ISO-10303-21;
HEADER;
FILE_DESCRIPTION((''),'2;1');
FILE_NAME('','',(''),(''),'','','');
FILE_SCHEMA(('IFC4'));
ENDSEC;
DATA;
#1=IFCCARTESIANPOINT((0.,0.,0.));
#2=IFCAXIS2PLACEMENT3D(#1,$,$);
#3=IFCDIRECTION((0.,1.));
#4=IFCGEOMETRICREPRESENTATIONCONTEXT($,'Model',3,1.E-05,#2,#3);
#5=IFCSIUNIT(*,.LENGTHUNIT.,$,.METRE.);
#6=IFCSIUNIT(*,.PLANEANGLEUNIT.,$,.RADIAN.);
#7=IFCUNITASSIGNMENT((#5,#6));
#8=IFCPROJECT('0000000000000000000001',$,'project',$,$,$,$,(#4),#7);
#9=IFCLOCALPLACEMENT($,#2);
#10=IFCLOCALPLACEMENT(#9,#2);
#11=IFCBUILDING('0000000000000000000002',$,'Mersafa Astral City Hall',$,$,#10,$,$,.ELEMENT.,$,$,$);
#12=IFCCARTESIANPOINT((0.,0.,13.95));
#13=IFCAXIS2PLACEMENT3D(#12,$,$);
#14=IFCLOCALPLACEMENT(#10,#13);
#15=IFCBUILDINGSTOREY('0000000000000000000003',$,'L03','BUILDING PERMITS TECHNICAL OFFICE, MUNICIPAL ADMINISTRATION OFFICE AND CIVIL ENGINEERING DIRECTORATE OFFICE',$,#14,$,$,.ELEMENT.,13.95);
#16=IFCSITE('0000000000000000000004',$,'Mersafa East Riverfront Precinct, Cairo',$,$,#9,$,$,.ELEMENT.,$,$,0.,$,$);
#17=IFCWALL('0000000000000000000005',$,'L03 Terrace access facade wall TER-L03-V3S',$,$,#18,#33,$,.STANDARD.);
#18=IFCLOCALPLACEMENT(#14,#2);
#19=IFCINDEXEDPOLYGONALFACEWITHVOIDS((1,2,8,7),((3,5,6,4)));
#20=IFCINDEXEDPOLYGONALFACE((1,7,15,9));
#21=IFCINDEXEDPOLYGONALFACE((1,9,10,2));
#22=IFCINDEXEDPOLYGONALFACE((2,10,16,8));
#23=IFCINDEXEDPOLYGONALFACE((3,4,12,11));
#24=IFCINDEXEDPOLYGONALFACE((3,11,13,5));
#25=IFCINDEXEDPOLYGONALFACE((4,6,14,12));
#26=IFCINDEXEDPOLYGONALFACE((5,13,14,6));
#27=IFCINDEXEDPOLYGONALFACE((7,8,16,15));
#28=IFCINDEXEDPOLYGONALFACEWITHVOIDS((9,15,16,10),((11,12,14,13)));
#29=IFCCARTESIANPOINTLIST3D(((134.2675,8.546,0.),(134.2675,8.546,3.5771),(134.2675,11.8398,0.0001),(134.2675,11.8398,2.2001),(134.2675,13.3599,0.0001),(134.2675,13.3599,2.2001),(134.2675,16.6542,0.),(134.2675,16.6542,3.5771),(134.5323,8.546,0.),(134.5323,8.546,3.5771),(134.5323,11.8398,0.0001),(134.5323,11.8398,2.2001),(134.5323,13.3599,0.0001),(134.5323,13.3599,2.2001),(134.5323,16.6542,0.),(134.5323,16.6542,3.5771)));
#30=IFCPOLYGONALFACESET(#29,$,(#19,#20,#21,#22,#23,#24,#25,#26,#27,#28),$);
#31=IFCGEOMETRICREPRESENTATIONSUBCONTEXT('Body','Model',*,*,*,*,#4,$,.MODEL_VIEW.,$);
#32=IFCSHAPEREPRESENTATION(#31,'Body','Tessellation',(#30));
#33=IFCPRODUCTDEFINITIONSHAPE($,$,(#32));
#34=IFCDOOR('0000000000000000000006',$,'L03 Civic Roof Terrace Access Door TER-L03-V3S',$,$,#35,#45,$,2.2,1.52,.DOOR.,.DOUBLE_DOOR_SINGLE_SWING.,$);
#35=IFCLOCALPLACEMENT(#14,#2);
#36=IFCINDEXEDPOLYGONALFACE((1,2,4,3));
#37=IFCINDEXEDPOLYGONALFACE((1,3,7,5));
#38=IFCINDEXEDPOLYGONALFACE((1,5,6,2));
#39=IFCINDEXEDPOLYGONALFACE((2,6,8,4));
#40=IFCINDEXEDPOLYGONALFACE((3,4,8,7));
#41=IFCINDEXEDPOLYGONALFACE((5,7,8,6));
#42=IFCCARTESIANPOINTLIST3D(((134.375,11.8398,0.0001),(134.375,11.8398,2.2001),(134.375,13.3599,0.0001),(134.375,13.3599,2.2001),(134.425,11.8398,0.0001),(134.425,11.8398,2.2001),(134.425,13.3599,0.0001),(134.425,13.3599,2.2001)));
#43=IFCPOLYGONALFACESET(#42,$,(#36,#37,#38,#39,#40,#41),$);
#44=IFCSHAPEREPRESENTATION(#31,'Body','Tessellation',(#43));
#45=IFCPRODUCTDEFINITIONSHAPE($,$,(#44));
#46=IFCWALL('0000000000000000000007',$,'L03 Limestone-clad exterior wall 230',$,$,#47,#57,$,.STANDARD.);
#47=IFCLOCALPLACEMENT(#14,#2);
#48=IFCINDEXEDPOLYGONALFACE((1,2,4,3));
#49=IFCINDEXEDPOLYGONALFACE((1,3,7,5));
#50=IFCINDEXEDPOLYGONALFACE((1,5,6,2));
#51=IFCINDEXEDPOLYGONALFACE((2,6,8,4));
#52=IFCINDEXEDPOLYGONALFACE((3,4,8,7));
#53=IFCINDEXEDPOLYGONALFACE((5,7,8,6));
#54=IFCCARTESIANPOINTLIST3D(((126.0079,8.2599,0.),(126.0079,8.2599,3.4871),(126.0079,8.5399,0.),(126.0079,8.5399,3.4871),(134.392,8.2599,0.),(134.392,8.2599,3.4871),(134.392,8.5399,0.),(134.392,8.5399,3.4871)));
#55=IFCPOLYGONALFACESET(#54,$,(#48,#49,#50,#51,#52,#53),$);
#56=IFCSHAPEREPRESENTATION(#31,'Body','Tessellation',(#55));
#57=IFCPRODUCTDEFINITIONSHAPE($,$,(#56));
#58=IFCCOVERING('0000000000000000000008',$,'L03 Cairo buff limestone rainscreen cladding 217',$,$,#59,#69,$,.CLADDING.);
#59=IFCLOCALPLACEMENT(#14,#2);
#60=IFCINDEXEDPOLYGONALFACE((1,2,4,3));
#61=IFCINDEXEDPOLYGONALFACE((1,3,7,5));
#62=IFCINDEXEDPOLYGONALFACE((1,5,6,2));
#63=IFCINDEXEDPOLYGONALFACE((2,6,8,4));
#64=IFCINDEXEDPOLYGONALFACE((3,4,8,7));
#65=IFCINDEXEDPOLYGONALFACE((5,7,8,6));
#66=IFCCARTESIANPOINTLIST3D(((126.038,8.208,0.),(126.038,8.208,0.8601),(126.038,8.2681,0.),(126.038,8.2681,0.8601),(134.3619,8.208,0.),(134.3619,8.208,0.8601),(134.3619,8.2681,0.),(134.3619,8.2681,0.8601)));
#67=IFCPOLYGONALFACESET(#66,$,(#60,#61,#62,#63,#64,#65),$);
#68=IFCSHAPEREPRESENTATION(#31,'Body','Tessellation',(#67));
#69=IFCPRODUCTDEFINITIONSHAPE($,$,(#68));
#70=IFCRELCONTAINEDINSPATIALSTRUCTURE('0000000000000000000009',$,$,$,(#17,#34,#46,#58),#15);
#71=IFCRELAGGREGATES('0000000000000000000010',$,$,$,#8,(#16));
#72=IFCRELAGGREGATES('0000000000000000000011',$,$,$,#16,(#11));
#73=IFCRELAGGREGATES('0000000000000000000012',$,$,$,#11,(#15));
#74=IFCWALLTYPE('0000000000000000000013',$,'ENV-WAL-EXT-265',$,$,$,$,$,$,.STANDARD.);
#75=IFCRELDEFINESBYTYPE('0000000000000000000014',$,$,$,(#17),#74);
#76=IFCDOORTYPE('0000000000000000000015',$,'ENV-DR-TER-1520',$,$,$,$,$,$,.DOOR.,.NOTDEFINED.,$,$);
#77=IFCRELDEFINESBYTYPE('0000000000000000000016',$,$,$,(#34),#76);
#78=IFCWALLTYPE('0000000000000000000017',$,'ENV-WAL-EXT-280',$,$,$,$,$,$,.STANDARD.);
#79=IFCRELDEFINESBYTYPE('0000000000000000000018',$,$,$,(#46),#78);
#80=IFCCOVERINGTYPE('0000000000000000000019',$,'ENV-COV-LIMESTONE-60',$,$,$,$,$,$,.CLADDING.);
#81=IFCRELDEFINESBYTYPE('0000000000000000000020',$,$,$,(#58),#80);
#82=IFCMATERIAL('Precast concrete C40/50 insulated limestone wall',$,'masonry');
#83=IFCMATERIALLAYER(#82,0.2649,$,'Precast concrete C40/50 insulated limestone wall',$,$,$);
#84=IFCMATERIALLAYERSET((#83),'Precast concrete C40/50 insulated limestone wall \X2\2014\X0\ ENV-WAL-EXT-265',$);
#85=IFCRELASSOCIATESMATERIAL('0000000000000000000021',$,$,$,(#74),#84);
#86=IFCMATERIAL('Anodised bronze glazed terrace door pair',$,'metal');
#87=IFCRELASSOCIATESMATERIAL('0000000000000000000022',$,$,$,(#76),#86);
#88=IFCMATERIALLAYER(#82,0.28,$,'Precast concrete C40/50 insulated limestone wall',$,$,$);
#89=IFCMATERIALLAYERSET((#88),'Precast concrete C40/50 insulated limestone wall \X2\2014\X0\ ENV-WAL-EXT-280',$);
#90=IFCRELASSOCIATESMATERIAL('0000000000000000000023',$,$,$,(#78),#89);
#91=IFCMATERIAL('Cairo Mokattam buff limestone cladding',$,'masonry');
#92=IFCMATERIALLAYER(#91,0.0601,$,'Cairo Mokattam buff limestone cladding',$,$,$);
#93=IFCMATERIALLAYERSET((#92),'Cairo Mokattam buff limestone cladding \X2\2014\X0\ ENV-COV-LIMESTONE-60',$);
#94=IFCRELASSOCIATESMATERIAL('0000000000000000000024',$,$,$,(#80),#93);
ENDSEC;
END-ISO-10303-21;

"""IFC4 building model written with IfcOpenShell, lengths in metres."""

from ifc_helpers import new_model, si_unit, direction, frame, frame_2d, origin, origin_2d, place, context, subcontext, project, spatial, rectangle, extrude, material, layer, layer_set, type_object, element, fill, save


model = new_model("IFC4")

# Units and contexts
model_context = context("Model", 3, precision=1e-05, world=origin(), true_north=direction((0.0, 1.0)))
body_context = subcontext(model_context, "Body", "Model", "MODEL_VIEW")
ifc_project = project(units=[si_unit("LENGTHUNIT", "METRE"), si_unit("PLANEANGLEUNIT", "RADIAN")], contexts=[model_context])

# Site, building, storey
site_placement = place(None, origin())
site = spatial("IfcSite", under=ifc_project, at=site_placement, Name="Mersafa East Riverfront Precinct, Cairo", CompositionType="ELEMENT", RefElevation=0.0)
building_placement = place(site_placement, origin())
building = spatial("IfcBuilding", under=site, at=building_placement, Name="Mersafa Astral City Hall", CompositionType="ELEMENT")
storey_placement = place(building_placement, frame((0.0, 0.0, 13.95)))
storey = spatial("IfcBuildingStorey", under=building, at=storey_placement, Name="L03", Description="BUILDING PERMITS TECHNICAL OFFICE, MUNICIPAL ADMINISTRATION OFFICE AND CIVIL ENGINEERING DIRECTORATE OFFICE", CompositionType="ELEMENT", Elevation=13.95)

# Wall, opening, door
ifc_material_1 = material(Name="Precast concrete C40/50 insulated limestone wall", Category="masonry")
ifc_layer_1 = layer(ifc_material_1, 0.2649, Name="Precast concrete C40/50 insulated limestone wall")
ifc_layer_set_1 = layer_set([ifc_layer_1], Name="Precast concrete C40/50 insulated limestone wall — ENV-WAL-EXT-265")
wall_type_1 = type_object("IfcWallType", Name="ENV-WAL-EXT-265", PredefinedType="STANDARD", material=ifc_layer_set_1)
wall_1_placement = place(storey_placement, frame((134.3999, 8.5459, 0.0), z_axis=(0.0, 0.0, 1.0), x_axis=(0.0, 1.0, 0.0)))
wall_1 = element("IfcWall", 1, at=wall_1_placement, inside=storey, type_object=wall_type_1, Name="L03 Terrace access facade wall TER-L03-V3S", PredefinedType="STANDARD", context=body_context, shape_type="SweptSolid", body=[
    extrude(rectangle(XDim=8.1082, YDim=0.2649, at=frame_2d((4.0542, 0.0))), origin(), (0.0, 0.0, 1.0), 3.5771),
])
opening_placement = place(wall_1_placement, frame((3.2939, 0.0, 0.0)))
opening = element("IfcOpeningElement", 2, at=opening_placement, cuts=wall_1, PredefinedType="OPENING", context=body_context, shape_type="SweptSolid", body=[
    extrude(rectangle(XDim=1.52, YDim=2.2, at=frame_2d((0.76, 1.1001))), frame((0.0, 0.1423, 0.0), z_axis=(0.0, -1.0, 0.0), x_axis=(1.0, 0.0, 0.0)), (0.0, 0.0, 1.0), 0.2849),
])
ifc_material_2 = material(Name="Anodised bronze glazed terrace door pair", Category="metal")
door_type = type_object("IfcDoorType", Name="ENV-DR-TER-1520", OperationType="NOTDEFINED", PredefinedType="DOOR", material=ifc_material_2)
door_placement = place(opening_placement, origin())
door = element("IfcDoor", 3, at=door_placement, inside=storey, type_object=door_type, Name="L03 Civic Roof Terrace Access Door TER-L03-V3S", OperationType="DOUBLE_DOOR_SINGLE_SWING", OverallHeight=2.2, OverallWidth=1.52, PredefinedType="DOOR", context=body_context, shape_type="SweptSolid", body=[
    extrude(rectangle(XDim=1.52, YDim=2.2, at=frame_2d((0.76, 1.1001))), frame((0.0, 0.0249, 0.0), z_axis=(0.0, -1.0, 0.0), x_axis=(1.0, 0.0, 0.0)), (0.0, 0.0, 1.0), 0.05),
])
fill(opening, door)

# Wall
ifc_layer_2 = layer(ifc_material_1, 0.28, Name="Precast concrete C40/50 insulated limestone wall")
ifc_layer_set_2 = layer_set([ifc_layer_2], Name="Precast concrete C40/50 insulated limestone wall — ENV-WAL-EXT-280")
wall_type_2 = type_object("IfcWallType", Name="ENV-WAL-EXT-280", PredefinedType="STANDARD", material=ifc_layer_set_2)
wall_2_placement = place(storey_placement, frame((126.0081, 8.3999, 0.0), z_axis=(0.0, 0.0, 1.0), x_axis=(1.0, 0.0, 0.0)))
element("IfcWall", 4, at=wall_2_placement, inside=storey, type_object=wall_type_2, Name="L03 Limestone-clad exterior wall 230", PredefinedType="STANDARD", context=body_context, shape_type="SweptSolid", body=[
    extrude(rectangle(XDim=8.384, YDim=0.28, at=frame_2d((4.1919, 0.0))), origin(), (0.0, 0.0, 1.0), 3.4871),
])

# Covering
ifc_material_3 = material(Name="Cairo Mokattam buff limestone cladding", Category="masonry")
ifc_layer_3 = layer(ifc_material_3, 0.0601, Name="Cairo Mokattam buff limestone cladding")
ifc_layer_set_3 = layer_set([ifc_layer_3], Name="Cairo Mokattam buff limestone cladding — ENV-COV-LIMESTONE-60")
covering_type = type_object("IfcCoveringType", Name="ENV-COV-LIMESTONE-60", PredefinedType="CLADDING", material=ifc_layer_set_3)
covering_placement = place(storey_placement, frame((130.2, 8.238, 0.0), z_axis=(0.0, 0.0, 1.0), x_axis=(1.0, 0.0, 0.0)))
element("IfcCovering", 5, at=covering_placement, inside=storey, type_object=covering_type, Name="L03 Cairo buff limestone rainscreen cladding 217", PredefinedType="CLADDING", context=body_context, shape_type="SweptSolid", body=[
    extrude(rectangle(XDim=8.324, YDim=0.0601, at=origin_2d()), origin(), (0.0, 0.0, 1.0), 0.8601),
])

save(model, "model.ifc")
